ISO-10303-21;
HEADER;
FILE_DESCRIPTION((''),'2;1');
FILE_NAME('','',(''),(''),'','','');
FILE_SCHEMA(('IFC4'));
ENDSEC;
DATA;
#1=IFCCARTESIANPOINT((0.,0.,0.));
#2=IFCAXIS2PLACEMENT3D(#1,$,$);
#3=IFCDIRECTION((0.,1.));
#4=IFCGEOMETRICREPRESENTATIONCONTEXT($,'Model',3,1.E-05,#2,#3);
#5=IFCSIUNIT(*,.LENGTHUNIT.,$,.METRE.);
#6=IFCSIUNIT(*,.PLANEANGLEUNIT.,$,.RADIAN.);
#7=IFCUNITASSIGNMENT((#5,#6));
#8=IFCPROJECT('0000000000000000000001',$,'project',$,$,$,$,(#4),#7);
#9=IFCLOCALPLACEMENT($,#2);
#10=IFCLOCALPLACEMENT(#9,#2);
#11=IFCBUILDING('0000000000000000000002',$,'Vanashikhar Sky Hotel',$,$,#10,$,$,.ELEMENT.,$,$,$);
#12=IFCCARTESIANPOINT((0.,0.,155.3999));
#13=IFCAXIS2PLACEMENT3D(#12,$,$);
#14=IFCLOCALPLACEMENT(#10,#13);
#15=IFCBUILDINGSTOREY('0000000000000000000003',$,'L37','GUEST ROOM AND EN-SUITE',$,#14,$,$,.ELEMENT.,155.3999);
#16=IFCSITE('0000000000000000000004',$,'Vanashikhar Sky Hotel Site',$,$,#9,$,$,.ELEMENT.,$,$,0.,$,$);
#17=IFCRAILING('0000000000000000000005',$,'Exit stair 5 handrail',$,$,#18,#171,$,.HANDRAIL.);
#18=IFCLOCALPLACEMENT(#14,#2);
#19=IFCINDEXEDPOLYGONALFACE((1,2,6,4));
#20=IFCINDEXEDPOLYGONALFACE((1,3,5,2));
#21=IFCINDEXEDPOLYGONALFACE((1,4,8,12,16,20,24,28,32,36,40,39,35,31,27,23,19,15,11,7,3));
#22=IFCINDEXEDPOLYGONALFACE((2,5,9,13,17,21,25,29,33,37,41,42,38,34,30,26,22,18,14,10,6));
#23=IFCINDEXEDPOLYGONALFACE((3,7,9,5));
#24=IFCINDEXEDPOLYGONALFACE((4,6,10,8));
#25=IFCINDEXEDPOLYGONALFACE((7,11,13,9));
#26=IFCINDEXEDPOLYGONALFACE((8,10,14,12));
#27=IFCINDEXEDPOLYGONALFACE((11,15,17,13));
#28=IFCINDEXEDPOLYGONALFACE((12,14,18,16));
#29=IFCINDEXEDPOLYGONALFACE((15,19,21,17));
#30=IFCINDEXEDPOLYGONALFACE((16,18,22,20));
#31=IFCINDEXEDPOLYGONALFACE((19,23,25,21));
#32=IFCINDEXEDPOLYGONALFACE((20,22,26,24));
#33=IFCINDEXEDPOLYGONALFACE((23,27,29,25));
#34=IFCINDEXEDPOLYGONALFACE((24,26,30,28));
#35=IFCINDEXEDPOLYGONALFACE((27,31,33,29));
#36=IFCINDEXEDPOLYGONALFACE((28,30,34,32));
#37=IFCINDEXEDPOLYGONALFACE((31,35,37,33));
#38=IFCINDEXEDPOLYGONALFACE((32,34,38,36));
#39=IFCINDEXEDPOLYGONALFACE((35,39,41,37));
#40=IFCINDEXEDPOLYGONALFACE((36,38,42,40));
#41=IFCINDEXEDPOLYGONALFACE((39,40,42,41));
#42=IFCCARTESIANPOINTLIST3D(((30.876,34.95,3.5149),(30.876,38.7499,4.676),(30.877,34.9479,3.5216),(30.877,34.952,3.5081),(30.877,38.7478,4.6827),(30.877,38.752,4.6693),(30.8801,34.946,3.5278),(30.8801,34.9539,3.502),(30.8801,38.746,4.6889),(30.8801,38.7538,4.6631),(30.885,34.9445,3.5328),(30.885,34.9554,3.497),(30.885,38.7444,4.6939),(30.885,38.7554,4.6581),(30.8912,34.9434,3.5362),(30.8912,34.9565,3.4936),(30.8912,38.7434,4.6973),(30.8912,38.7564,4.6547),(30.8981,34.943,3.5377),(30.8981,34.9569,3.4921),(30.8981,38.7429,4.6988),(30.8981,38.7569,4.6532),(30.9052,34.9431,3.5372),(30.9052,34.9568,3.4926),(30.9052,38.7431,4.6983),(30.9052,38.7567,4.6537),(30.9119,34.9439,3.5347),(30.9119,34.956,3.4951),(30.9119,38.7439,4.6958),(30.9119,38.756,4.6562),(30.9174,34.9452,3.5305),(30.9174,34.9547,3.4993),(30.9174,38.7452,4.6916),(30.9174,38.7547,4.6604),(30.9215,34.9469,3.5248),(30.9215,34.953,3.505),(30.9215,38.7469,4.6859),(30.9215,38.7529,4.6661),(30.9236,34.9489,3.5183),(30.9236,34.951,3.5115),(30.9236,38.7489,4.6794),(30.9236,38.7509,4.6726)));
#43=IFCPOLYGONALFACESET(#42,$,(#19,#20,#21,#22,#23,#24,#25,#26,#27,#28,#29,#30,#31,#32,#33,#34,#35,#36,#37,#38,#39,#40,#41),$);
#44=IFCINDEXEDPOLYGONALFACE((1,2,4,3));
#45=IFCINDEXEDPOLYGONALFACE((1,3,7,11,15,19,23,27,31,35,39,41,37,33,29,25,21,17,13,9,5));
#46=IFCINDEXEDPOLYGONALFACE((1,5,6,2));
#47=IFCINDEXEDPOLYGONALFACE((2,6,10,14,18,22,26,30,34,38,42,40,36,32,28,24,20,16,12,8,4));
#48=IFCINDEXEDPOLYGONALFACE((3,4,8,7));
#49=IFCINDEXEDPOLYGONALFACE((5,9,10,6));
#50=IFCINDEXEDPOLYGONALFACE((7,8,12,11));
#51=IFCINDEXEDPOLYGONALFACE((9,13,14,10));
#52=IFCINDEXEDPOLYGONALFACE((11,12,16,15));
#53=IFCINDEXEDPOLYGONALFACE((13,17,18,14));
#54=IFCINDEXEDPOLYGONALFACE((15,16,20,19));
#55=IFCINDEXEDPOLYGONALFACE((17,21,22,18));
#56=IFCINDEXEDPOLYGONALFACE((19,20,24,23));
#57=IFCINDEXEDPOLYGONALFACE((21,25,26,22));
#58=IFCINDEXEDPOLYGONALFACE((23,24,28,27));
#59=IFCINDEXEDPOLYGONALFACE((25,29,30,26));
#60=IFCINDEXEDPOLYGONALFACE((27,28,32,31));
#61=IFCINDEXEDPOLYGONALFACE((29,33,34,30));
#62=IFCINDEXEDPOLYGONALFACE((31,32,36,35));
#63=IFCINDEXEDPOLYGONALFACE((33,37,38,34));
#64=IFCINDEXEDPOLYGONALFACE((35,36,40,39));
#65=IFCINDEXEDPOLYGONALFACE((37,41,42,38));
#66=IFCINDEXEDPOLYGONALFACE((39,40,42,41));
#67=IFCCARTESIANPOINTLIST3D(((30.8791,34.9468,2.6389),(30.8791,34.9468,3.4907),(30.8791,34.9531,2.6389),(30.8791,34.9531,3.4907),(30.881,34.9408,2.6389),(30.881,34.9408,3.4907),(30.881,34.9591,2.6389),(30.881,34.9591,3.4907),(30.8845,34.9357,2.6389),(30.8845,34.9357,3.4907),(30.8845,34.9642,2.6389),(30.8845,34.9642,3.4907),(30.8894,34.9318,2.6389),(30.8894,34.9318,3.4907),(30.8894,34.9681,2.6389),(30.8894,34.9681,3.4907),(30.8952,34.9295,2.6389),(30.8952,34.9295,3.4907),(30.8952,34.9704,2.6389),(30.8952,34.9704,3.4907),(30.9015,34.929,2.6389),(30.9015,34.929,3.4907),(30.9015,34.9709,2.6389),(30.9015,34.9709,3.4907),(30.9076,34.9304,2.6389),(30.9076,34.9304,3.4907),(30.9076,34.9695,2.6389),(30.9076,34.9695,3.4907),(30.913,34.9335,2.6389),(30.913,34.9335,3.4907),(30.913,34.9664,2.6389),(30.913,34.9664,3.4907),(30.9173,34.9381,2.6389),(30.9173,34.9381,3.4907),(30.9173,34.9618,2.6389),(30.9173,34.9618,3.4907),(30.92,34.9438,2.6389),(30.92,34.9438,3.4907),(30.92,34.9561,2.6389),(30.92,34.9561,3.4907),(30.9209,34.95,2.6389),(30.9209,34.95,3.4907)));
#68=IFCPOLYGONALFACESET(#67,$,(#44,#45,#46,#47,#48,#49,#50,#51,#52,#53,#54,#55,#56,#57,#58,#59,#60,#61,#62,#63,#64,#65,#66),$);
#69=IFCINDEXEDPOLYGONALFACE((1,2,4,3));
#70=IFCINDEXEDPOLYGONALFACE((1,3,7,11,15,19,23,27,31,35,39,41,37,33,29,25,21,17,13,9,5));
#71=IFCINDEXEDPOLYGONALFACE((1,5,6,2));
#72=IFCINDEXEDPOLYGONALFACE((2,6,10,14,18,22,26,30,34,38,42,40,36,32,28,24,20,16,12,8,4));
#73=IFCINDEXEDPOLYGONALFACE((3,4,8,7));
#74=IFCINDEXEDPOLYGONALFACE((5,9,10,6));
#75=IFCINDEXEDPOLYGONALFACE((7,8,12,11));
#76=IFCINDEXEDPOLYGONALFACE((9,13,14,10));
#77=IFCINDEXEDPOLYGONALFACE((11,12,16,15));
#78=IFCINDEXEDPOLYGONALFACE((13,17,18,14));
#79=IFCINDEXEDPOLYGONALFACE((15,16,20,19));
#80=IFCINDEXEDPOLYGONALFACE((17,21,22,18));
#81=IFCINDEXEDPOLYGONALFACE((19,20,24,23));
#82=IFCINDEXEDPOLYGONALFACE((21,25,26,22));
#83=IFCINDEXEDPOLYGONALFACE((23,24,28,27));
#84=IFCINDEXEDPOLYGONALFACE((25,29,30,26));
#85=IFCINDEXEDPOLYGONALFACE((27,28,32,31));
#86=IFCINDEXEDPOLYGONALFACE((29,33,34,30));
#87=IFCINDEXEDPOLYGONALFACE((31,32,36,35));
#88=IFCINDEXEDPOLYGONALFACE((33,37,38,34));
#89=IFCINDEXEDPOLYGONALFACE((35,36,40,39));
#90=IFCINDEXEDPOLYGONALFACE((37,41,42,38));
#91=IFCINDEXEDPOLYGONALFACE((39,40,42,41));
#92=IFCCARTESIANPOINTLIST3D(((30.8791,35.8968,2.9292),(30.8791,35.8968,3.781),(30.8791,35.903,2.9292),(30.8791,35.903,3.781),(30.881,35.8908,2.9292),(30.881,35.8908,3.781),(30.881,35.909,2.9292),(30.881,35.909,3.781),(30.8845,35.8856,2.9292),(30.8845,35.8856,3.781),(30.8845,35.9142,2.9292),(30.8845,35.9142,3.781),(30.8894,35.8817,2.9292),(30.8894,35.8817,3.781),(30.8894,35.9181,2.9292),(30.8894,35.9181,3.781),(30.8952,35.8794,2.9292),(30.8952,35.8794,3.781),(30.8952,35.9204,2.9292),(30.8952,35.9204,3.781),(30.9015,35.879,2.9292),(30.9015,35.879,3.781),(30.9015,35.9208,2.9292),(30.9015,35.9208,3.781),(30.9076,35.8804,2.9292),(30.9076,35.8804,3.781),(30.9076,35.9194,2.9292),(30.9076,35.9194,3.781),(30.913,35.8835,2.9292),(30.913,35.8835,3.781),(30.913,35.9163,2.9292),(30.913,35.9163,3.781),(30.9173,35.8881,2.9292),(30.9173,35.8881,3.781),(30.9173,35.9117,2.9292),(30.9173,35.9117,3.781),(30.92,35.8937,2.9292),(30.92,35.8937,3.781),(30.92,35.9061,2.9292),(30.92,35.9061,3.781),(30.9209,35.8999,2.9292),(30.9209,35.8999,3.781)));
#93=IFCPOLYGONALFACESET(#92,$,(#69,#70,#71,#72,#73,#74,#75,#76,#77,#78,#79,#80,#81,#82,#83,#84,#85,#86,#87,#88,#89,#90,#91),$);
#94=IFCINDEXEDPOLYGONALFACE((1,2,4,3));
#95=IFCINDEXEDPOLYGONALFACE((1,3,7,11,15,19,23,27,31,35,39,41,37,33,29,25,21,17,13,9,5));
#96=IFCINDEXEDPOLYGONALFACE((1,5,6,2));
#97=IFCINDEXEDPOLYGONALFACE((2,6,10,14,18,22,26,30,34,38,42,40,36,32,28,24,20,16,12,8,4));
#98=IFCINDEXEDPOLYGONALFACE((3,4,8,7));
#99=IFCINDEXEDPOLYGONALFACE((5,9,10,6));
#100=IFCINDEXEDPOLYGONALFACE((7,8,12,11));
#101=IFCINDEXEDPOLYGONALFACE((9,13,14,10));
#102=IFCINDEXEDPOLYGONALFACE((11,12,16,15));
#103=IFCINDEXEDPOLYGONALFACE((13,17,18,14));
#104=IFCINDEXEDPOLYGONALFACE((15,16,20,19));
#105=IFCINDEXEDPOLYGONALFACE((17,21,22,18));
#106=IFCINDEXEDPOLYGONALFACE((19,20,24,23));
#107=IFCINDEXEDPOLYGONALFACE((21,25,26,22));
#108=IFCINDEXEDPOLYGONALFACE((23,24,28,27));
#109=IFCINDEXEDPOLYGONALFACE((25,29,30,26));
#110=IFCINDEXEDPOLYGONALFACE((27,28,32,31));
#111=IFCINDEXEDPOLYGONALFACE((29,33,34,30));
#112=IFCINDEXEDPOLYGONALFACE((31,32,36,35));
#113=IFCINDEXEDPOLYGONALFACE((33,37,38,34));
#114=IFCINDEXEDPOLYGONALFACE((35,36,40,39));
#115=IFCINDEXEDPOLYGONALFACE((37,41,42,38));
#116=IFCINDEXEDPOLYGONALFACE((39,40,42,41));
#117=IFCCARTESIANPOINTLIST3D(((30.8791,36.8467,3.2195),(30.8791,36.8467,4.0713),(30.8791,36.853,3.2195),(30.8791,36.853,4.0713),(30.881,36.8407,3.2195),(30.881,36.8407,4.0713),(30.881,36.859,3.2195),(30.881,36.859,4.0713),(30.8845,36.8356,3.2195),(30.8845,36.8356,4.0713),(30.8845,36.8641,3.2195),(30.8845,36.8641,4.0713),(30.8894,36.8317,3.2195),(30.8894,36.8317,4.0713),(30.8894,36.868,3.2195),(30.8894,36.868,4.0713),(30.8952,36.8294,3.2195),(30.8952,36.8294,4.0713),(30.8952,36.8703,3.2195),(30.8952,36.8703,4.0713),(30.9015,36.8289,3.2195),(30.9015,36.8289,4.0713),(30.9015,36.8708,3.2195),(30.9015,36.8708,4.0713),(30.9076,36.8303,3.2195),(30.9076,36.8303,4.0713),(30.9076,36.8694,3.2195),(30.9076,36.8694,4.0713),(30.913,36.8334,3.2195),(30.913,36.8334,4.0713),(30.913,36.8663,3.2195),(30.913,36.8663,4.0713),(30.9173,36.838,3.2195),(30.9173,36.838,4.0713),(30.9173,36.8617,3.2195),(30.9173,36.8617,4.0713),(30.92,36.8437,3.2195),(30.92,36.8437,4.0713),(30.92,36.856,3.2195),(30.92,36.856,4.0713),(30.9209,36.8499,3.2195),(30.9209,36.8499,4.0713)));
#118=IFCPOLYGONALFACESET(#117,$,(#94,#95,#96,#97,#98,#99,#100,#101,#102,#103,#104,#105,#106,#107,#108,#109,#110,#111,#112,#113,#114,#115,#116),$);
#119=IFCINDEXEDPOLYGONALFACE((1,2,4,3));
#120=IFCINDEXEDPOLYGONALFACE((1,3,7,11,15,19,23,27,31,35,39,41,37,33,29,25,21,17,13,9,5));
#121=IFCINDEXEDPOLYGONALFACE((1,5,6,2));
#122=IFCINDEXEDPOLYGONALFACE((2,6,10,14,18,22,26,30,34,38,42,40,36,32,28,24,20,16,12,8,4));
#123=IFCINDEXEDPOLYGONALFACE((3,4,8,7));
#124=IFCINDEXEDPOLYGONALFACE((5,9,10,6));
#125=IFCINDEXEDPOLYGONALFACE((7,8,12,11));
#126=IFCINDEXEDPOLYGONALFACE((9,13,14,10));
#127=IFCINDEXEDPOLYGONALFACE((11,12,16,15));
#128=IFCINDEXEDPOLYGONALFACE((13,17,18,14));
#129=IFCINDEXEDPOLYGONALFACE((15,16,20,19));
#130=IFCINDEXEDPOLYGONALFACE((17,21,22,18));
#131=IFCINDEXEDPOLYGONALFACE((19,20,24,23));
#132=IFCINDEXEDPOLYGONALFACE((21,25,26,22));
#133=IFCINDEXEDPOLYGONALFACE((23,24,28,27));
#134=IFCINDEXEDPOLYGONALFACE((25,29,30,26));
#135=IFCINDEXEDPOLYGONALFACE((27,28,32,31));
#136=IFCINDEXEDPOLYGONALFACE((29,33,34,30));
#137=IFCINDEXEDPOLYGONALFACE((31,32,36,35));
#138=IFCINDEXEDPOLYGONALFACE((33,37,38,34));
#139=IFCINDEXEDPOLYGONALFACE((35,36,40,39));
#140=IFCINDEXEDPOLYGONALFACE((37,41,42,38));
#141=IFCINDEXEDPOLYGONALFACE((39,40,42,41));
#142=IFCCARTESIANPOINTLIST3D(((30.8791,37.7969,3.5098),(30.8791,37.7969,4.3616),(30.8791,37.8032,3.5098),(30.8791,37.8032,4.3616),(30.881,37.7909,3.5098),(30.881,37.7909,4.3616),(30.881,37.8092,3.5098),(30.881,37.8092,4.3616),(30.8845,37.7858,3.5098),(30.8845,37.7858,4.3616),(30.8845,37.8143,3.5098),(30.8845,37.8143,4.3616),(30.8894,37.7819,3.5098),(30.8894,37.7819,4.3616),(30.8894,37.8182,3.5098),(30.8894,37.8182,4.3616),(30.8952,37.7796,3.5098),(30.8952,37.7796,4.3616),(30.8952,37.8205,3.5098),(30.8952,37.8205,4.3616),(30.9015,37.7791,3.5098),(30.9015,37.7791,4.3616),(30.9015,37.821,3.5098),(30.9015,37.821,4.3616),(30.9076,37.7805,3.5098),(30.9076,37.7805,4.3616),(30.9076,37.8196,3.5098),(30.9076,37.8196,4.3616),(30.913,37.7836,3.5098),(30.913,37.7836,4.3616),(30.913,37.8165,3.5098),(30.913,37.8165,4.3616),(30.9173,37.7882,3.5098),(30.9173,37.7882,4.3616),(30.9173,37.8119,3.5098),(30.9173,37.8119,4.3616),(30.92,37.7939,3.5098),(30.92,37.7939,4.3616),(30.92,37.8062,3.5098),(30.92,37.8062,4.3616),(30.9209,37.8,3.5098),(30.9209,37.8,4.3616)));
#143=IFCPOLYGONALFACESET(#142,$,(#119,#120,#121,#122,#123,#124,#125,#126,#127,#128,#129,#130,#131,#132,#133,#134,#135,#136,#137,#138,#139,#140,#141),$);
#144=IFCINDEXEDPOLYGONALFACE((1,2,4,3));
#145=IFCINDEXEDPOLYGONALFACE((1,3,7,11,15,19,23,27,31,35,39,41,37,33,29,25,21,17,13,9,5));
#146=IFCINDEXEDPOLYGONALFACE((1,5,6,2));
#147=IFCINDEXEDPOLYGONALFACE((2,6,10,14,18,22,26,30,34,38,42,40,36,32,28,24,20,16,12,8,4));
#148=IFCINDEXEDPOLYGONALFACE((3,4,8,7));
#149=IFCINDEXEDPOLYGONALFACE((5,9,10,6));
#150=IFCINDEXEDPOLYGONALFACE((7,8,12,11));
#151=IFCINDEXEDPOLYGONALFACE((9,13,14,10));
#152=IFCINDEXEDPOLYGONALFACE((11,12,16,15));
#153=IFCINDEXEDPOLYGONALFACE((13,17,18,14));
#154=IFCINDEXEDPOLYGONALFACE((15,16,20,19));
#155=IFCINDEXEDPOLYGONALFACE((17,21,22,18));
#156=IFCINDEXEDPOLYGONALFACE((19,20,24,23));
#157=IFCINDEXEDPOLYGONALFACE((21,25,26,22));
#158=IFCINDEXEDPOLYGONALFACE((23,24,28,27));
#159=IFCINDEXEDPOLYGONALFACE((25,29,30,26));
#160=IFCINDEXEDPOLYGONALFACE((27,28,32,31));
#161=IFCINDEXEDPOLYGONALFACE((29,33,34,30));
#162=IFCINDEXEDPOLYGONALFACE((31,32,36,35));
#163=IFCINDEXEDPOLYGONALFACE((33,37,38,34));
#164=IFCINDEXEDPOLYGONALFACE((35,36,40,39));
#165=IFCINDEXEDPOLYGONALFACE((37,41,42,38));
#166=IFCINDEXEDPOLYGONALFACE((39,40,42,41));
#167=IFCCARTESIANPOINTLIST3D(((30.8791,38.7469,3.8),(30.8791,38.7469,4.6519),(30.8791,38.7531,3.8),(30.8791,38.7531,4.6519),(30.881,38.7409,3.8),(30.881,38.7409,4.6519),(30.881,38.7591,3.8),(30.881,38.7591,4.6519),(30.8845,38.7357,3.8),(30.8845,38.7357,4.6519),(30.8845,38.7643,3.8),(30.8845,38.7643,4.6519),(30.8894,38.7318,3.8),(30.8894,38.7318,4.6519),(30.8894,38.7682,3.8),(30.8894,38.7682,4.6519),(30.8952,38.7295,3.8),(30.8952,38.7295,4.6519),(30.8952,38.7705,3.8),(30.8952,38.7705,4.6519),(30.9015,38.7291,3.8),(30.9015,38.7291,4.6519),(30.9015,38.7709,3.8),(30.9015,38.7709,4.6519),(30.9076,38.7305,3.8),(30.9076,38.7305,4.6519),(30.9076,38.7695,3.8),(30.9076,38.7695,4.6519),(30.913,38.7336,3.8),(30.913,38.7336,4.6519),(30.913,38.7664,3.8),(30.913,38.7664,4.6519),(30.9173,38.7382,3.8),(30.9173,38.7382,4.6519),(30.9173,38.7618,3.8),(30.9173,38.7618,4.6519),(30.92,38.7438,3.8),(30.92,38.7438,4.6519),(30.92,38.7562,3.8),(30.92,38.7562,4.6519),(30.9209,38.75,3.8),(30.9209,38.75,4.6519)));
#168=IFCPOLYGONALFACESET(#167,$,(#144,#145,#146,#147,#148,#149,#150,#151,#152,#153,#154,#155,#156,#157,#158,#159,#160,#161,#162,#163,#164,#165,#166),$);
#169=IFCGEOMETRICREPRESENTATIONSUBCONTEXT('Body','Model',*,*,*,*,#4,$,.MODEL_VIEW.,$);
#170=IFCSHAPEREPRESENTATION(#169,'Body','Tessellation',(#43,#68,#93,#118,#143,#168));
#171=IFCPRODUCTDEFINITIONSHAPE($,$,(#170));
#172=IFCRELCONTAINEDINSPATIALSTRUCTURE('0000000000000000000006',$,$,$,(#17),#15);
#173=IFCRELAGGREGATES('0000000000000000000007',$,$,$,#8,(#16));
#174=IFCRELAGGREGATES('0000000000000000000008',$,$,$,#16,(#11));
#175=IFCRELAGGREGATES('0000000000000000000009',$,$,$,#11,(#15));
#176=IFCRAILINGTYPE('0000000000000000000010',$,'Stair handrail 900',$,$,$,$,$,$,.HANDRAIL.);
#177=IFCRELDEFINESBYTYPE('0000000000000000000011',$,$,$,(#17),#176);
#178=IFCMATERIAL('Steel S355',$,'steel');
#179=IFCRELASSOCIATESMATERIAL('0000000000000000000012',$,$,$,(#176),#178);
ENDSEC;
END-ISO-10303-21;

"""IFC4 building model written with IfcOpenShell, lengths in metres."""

from ifc_helpers import new_model, si_unit, direction, frame, origin, origin_2d, place, context, subcontext, project, spatial, circle, extrude, source, transform, mapped, material, type_object, element, save


model = new_model("IFC4")

# Units and contexts
model_context = context("Model", 3, precision=1e-05, world=origin(), true_north=direction((0.0, 1.0)))
body_context = subcontext(model_context, "Body", "Model", "MODEL_VIEW")
ifc_project = project(units=[si_unit("LENGTHUNIT", "METRE"), si_unit("PLANEANGLEUNIT", "RADIAN")], contexts=[model_context])

# Site, building, storey
site_placement = place(None, origin())
site = spatial("IfcSite", under=ifc_project, at=site_placement, Name="Vanashikhar Sky Hotel Site", CompositionType="ELEMENT", RefElevation=0.0)
building_placement = place(site_placement, origin())
building = spatial("IfcBuilding", under=site, at=building_placement, Name="Vanashikhar Sky Hotel", CompositionType="ELEMENT")
storey_placement = place(building_placement, frame((0.0, 0.0, 155.3999)))
storey = spatial("IfcBuildingStorey", under=building, at=storey_placement, Name="L37", Description="GUEST ROOM AND EN-SUITE", CompositionType="ELEMENT", Elevation=155.3999)

# Railing
ifc_material_1 = material(Name="Steel S355", Category="steel")
railing_type_1 = type_object("IfcRailingType", Name="Stair handrail 900", PredefinedType="HANDRAIL", material=ifc_material_1)
shared_shape_1 = source(origin(), body_context, "Body", "SweptSolid", [
    extrude(circle(Radius=0.0239, at=origin_2d()), frame((0.0, 0.0, 0.876), z_axis=(0.0, 0.956351, 0.29222), x_axis=(-1.0, 0.0, 0.0)), (0.0, 0.0, 1.0), 3.9734),
    extrude(circle(Radius=0.021, at=origin_2d()), origin(), (0.0, 0.0, 1.0), 0.8518),
    extrude(circle(Radius=0.021, at=origin_2d()), frame((0.0, 0.95, 0.2903)), (0.0, 0.0, 1.0), 0.8518),
    extrude(circle(Radius=0.021, at=origin_2d()), frame((0.0, 1.8999, 0.5806)), (0.0, 0.0, 1.0), 0.8518),
    extrude(circle(Radius=0.021, at=origin_2d()), frame((0.0, 2.8501, 0.8708)), (0.0, 0.0, 1.0), 0.8518),
    extrude(circle(Radius=0.021, at=origin_2d()), frame((0.0, 3.8, 1.1611)), (0.0, 0.0, 1.0), 0.8518),
])
for number, where, name in (
    (1, (30.8999, 34.95, 2.6389), "Exit stair 5 handrail"),
):
    element("IfcRailing", number, at=place(storey_placement, frame(where)), inside=storey, type_object=railing_type_1, Name=name, PredefinedType="HANDRAIL", context=body_context, shape_type="MappedRepresentation", body=[
        mapped(shared_shape_1, transform((0.0, 0.0, 0.0), scale=1.0)),
    ])

save(model, "model.ifc")
